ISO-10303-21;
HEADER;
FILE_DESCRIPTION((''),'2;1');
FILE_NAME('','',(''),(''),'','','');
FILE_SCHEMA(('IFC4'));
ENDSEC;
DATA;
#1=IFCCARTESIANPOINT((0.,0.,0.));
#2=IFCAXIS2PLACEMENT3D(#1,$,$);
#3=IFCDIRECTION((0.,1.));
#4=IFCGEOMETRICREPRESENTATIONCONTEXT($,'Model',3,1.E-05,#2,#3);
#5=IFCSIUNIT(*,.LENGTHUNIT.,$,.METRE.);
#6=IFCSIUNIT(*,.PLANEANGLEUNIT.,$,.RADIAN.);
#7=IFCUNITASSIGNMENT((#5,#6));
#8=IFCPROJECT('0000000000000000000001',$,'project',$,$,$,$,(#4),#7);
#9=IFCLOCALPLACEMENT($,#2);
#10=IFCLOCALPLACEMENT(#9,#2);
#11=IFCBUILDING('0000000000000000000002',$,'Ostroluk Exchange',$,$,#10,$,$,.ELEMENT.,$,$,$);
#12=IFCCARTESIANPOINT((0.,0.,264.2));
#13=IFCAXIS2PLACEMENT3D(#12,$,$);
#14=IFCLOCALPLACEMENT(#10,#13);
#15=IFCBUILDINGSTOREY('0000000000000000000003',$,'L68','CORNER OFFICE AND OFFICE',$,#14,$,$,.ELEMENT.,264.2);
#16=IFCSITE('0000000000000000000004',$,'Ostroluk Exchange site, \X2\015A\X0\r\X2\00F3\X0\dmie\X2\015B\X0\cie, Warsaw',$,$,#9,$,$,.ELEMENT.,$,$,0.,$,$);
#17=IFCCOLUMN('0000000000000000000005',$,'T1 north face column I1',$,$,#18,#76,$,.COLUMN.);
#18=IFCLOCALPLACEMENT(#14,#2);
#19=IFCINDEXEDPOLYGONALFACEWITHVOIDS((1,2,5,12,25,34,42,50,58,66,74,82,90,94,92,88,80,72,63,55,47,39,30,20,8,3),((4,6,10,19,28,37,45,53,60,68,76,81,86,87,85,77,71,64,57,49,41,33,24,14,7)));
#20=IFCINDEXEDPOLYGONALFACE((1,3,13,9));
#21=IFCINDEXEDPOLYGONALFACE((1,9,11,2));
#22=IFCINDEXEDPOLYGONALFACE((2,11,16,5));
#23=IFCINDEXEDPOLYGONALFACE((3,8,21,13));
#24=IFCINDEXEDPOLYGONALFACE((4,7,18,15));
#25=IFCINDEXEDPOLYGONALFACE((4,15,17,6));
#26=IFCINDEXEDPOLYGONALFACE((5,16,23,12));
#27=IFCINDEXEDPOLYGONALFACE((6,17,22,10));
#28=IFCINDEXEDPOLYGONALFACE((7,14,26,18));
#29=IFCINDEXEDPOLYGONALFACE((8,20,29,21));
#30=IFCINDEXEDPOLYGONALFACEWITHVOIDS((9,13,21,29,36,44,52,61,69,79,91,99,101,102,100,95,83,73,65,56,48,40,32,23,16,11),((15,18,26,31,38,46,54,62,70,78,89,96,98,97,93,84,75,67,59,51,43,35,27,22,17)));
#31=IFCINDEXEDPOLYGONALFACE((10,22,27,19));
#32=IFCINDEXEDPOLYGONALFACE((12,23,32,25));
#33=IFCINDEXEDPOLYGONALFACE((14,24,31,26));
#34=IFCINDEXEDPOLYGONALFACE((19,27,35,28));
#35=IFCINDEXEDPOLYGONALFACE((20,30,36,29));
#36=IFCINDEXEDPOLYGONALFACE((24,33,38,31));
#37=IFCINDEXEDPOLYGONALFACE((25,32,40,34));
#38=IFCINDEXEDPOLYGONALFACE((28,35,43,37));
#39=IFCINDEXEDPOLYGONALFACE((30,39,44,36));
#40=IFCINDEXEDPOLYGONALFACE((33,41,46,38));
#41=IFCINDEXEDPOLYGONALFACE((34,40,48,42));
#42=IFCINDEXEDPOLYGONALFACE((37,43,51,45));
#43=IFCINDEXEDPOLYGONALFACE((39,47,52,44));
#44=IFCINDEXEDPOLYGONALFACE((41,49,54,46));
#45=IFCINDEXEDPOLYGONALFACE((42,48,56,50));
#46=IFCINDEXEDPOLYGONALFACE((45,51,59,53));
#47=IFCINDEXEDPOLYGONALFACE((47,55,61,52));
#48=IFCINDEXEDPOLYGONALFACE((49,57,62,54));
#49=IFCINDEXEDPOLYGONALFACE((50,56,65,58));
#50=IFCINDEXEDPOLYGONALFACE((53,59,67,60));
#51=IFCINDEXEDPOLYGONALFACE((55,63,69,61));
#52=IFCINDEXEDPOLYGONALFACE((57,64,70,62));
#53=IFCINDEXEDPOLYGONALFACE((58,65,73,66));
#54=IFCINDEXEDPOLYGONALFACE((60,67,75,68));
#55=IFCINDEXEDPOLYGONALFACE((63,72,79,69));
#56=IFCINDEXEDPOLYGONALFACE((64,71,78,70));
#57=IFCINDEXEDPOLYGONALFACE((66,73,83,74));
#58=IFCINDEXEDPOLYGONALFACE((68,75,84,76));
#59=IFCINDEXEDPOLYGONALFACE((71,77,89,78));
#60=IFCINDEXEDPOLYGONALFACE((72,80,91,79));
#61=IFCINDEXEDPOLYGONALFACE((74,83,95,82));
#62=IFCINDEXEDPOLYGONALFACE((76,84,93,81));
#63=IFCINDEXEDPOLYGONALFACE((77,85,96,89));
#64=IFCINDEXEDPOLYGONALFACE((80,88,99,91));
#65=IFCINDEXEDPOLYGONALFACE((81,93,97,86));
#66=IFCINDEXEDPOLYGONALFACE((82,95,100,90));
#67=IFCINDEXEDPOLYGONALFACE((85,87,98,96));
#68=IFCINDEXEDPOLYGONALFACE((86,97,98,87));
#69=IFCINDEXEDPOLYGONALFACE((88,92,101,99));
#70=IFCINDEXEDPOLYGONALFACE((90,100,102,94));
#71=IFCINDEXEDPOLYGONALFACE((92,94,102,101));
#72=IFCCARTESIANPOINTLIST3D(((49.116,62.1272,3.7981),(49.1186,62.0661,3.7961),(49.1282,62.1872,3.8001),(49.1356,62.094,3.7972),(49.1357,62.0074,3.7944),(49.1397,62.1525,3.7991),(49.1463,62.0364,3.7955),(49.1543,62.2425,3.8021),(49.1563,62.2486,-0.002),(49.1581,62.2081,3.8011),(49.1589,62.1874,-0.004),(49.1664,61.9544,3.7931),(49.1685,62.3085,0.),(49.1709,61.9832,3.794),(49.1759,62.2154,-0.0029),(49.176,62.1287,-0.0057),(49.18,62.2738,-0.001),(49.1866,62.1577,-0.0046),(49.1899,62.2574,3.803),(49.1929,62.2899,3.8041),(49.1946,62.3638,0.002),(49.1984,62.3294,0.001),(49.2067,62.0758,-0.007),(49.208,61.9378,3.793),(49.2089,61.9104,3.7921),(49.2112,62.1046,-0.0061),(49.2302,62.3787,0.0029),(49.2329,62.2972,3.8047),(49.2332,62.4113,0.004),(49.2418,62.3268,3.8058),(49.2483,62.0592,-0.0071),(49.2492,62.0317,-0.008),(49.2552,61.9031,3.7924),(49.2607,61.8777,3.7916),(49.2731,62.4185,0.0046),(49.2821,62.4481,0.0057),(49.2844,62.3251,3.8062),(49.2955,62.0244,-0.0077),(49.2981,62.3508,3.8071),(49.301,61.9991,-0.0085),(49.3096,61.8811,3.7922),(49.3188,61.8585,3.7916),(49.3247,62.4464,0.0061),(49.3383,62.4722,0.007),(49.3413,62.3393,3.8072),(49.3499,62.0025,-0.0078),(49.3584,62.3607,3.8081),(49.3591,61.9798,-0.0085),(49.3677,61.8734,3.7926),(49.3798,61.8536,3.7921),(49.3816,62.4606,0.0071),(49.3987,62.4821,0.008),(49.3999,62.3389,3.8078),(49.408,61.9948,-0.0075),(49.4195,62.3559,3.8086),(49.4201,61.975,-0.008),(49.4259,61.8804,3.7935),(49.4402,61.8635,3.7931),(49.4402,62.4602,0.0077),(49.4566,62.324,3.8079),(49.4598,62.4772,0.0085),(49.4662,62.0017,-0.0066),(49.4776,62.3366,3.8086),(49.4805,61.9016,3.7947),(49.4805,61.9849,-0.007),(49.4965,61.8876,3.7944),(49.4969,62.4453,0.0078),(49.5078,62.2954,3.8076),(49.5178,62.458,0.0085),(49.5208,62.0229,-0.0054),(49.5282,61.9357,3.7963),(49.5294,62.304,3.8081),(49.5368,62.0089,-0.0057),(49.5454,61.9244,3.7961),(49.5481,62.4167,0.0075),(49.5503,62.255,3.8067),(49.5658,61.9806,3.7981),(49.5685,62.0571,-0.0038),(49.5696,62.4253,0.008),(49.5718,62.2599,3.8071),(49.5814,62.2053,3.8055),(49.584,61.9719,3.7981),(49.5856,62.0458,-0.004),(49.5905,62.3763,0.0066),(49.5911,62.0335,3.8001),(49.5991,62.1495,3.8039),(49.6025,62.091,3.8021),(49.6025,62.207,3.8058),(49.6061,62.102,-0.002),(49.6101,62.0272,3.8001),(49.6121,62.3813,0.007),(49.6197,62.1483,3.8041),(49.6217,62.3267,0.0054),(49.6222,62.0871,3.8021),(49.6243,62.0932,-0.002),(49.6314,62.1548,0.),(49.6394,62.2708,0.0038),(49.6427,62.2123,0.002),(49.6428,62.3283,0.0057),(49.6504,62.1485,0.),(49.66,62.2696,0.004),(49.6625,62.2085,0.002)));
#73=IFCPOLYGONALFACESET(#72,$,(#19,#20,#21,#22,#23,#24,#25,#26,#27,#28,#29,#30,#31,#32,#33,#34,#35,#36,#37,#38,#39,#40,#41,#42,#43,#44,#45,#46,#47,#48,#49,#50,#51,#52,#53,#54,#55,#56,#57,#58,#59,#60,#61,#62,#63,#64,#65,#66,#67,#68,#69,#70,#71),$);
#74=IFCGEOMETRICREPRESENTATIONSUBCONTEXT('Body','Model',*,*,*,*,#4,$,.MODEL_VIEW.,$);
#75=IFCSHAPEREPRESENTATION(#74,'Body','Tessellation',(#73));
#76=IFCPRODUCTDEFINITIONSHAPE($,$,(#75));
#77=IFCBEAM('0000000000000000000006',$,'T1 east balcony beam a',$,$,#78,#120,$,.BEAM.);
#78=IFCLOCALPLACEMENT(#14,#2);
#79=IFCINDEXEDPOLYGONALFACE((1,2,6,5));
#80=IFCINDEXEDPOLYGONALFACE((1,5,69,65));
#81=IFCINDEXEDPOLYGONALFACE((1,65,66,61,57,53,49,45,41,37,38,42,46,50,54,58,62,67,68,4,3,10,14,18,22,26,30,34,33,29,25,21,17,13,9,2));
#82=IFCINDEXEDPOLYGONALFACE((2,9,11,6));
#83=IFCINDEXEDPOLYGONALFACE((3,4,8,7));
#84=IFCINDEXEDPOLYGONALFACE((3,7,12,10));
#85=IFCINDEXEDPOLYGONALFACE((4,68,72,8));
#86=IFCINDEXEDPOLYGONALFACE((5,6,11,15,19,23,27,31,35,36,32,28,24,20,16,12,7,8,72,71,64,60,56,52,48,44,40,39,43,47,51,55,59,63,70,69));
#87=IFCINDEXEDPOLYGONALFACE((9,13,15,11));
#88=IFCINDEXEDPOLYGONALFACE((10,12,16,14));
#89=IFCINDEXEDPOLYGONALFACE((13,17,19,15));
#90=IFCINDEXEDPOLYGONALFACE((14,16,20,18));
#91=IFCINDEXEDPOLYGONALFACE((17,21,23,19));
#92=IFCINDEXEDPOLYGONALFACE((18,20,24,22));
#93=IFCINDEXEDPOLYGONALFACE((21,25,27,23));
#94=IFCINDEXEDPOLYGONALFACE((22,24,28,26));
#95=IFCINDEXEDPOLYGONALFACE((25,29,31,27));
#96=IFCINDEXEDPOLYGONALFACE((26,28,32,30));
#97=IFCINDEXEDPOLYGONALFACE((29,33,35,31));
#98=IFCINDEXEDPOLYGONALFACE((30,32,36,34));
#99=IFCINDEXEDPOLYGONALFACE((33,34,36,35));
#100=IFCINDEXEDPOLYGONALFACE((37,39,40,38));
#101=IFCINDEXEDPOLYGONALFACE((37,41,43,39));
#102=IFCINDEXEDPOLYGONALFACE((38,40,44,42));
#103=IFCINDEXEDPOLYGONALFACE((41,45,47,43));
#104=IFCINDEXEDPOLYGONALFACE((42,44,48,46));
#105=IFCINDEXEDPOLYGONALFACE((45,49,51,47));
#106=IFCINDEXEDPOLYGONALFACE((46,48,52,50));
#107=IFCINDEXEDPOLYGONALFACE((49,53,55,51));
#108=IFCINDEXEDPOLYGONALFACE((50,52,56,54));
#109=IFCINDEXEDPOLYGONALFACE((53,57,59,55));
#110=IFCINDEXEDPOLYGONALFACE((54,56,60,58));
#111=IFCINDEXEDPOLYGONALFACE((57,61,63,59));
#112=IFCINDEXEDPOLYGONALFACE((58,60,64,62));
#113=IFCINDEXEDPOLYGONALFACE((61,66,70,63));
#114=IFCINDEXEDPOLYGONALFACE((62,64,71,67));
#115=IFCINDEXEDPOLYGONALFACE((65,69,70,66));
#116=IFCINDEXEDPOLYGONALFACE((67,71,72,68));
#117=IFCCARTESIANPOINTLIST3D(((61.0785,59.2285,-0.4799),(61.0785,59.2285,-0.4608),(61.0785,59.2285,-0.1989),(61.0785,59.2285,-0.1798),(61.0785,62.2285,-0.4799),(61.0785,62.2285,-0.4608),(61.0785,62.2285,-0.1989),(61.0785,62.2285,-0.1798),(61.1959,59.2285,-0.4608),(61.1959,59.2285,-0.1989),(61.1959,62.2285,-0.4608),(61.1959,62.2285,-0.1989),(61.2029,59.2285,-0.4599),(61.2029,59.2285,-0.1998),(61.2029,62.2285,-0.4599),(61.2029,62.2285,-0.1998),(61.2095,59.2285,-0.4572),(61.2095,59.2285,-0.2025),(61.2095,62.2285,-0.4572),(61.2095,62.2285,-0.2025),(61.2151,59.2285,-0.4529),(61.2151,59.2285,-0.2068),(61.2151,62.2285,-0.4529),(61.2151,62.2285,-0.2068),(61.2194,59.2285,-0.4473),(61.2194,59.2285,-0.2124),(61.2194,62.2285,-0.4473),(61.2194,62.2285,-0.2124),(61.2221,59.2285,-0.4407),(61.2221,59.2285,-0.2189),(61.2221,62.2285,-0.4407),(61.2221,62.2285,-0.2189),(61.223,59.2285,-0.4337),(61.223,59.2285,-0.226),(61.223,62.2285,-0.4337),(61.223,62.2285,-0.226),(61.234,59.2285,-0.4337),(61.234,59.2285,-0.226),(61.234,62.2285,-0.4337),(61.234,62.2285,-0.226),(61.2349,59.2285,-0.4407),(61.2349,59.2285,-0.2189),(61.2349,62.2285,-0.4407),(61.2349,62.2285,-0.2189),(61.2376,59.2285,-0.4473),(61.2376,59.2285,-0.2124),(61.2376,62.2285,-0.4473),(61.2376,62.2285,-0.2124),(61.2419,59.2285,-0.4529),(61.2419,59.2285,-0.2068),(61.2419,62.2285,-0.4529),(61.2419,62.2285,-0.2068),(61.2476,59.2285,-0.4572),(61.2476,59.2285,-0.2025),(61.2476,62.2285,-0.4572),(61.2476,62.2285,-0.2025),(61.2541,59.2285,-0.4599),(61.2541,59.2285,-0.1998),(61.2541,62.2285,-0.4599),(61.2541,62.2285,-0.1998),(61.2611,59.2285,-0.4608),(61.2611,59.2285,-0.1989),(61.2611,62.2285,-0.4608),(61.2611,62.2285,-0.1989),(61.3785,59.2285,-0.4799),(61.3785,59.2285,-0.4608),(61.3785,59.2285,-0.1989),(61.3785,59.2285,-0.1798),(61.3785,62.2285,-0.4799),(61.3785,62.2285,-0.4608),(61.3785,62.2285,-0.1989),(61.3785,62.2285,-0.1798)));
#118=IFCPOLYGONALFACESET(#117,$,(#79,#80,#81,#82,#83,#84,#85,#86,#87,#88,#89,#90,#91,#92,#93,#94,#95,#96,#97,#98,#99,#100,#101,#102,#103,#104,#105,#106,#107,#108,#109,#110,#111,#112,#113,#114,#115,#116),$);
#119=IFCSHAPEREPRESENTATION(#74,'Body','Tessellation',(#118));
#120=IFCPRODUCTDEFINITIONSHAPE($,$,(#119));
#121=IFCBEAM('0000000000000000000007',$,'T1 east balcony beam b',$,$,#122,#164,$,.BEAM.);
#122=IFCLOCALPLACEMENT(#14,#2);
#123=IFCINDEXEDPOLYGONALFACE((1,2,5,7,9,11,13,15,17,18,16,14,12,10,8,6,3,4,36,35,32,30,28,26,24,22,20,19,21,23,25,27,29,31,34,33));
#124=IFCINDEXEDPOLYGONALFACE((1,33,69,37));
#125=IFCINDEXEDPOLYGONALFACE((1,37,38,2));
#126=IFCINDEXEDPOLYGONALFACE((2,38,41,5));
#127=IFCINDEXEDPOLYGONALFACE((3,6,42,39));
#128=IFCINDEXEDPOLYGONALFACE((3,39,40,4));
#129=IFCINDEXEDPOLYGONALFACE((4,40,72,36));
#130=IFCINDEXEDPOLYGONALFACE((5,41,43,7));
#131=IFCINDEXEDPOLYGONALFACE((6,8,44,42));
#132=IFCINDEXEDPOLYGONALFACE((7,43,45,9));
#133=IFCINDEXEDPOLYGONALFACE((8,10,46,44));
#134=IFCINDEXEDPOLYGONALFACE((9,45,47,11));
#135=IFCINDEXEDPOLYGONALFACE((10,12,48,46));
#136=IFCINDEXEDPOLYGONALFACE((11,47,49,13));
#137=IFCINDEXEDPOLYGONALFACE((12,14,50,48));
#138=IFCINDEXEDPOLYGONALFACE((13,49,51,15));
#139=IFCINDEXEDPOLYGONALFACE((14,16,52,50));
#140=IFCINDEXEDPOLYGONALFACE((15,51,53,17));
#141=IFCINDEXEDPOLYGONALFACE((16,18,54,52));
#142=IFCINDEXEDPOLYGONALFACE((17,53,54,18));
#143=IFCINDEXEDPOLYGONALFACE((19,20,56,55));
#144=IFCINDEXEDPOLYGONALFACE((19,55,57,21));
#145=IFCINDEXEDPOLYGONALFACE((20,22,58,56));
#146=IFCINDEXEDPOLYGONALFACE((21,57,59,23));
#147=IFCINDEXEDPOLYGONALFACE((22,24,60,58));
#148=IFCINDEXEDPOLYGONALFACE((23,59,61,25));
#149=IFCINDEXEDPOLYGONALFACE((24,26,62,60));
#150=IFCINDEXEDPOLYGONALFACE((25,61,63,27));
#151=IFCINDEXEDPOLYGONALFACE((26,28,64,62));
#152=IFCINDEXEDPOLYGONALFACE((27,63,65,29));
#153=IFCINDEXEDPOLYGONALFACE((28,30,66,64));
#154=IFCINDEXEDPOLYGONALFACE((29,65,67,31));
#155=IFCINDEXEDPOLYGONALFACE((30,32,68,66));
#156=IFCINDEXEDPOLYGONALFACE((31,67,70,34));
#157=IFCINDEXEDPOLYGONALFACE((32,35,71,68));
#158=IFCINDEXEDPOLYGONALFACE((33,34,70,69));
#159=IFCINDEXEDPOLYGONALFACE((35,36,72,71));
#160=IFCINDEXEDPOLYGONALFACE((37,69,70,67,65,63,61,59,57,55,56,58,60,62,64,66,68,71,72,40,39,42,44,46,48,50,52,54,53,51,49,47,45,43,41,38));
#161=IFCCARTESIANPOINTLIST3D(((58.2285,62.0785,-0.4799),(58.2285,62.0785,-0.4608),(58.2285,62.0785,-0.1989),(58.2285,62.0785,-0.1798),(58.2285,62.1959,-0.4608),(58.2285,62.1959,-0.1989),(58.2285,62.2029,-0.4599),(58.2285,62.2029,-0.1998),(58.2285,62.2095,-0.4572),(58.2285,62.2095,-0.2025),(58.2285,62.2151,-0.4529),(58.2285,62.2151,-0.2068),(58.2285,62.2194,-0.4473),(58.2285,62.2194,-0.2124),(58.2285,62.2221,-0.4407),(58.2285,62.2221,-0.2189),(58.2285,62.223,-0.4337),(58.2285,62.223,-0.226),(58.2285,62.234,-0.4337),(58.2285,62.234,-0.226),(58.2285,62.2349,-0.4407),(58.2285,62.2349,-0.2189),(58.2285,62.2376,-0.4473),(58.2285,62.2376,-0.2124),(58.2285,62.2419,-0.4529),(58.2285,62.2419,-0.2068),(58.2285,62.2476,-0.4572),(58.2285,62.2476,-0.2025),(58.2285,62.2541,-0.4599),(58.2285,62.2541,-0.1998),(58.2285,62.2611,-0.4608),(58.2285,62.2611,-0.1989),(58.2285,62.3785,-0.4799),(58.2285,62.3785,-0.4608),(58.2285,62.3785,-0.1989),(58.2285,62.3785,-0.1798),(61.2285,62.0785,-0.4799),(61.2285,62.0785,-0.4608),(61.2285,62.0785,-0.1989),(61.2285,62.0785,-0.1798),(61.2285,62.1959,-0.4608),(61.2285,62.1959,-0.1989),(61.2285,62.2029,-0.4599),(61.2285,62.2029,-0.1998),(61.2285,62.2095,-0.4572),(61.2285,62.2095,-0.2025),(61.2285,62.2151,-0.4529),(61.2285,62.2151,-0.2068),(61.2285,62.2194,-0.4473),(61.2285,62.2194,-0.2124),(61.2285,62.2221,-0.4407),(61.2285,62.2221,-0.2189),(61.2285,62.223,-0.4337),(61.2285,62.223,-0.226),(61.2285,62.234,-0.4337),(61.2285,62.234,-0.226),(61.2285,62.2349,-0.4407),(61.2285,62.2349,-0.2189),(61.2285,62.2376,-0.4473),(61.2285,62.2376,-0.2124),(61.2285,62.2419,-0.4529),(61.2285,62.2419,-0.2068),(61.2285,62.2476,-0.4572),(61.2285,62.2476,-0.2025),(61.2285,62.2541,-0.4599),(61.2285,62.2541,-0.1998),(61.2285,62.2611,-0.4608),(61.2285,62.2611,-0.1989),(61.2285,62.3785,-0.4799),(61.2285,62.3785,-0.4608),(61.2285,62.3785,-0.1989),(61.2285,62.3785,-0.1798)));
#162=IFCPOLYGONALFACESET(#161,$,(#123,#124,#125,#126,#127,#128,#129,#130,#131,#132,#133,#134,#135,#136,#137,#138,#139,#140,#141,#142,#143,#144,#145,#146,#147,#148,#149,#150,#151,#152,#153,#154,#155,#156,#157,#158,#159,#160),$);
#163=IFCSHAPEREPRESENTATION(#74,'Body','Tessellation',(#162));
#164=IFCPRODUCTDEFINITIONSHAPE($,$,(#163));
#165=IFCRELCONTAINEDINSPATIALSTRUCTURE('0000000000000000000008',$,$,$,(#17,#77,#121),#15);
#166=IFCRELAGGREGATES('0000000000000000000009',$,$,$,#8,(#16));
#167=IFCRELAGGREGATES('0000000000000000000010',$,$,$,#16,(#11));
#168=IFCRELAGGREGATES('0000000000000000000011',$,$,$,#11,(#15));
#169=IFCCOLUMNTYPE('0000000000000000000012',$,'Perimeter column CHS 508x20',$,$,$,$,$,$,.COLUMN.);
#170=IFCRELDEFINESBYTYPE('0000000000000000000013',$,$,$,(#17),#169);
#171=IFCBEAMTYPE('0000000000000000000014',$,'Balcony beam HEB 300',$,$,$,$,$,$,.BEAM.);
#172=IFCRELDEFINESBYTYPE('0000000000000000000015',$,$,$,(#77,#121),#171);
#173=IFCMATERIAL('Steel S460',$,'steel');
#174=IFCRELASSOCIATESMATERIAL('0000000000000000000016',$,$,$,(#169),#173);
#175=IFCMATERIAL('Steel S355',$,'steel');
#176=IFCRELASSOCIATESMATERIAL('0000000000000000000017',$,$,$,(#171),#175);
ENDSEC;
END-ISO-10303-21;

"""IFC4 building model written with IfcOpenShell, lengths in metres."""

from ifc_helpers import new_model, si_unit, direction, frame, origin, origin_2d, place, context, subcontext, project, spatial, hollow_circle, i_section, extrude, material, material_profile, profile_set, type_object, element, save


model = new_model("IFC4")

# Units and contexts
model_context = context("Model", 3, precision=1e-05, world=origin(), true_north=direction((0.0, 1.0)))
body_context = subcontext(model_context, "Body", "Model", "MODEL_VIEW")
ifc_project = project(units=[si_unit("LENGTHUNIT", "METRE"), si_unit("PLANEANGLEUNIT", "RADIAN")], contexts=[model_context])

# Site, building, storey
site_placement = place(None, origin())
site = spatial("IfcSite", under=ifc_project, at=site_placement, Name="Ostroluk Exchange site, Śródmieście, Warsaw", CompositionType="ELEMENT", RefElevation=0.0)
building_placement = place(site_placement, origin())
building = spatial("IfcBuilding", under=site, at=building_placement, Name="Ostroluk Exchange", CompositionType="ELEMENT")
storey_placement = place(building_placement, frame((0.0, 0.0, 264.2)))
storey = spatial("IfcBuildingStorey", under=building, at=storey_placement, Name="L68", Description="CORNER OFFICE AND OFFICE", CompositionType="ELEMENT", Elevation=264.2)

# Column
ifc_material_1 = material(Name="Steel S460", Category="steel")
ifc_material_profile_1 = material_profile(ifc_material_1, hollow_circle(Radius=0.2539, WallThickness=0.02, at=origin_2d()), Name="CHS 508x20")
ifc_profile_set_1 = profile_set([ifc_material_profile_1], Name="Steel S460")
column_type_1 = type_object("IfcColumnType", Name="Perimeter column CHS 508x20", PredefinedType="COLUMN", material=ifc_profile_set_1)
column_1_placement = place(storey_placement, frame((49.4094, 62.2285, 0.0), z_axis=(-0.010595, -0.031913, 0.999435), x_axis=(0.949065, -0.315082, 0.0)))
element("IfcColumn", 1, at=column_1_placement, inside=storey, type_object=column_type_1, Name="T1 north face column I1", PredefinedType="COLUMN", context=body_context, shape_type="SweptSolid", body=[
    extrude(hollow_circle(Radius=0.2539, WallThickness=0.02, at=origin_2d()), origin(), (0.0, 0.0, 1.0), 3.8022),
])

# Beams
ifc_material_2 = material(Name="Steel S355", Category="steel")
ifc_material_profile_2 = material_profile(ifc_material_2, i_section(OverallWidth=0.3, OverallDepth=0.3, WebThickness=0.011, FlangeThickness=0.019, FilletRadius=0.0271, at=origin_2d()), Name="HEB 300")
ifc_profile_set_2 = profile_set([ifc_material_profile_2], Name="Steel S355")
beam_type_1 = type_object("IfcBeamType", Name="Balcony beam HEB 300", PredefinedType="BEAM", material=ifc_profile_set_2)
for number, where, z_axis, x_axis, name in (
    (2, (61.2285, 59.2285, -0.3298), (0.0, 1.0, 0.0), (-1.0, 0.0, 0.0), "T1 east balcony beam a"),
    (3, (58.2285, 62.2285, -0.3298), (1.0, 0.0, 0.0), (0.0, 1.0, 0.0), "T1 east balcony beam b"),
):
    element("IfcBeam", number, at=place(storey_placement, frame(where, z_axis=z_axis, x_axis=x_axis)), inside=storey, type_object=beam_type_1, Name=name, PredefinedType="BEAM", context=body_context, shape_type="SweptSolid", body=[
        extrude(i_section(OverallWidth=0.3, OverallDepth=0.3, WebThickness=0.011, FlangeThickness=0.019, FilletRadius=0.0271, at=origin_2d()), origin(), (0.0, 0.0, 1.0), 3.0),
    ])

save(model, "model.ifc")
